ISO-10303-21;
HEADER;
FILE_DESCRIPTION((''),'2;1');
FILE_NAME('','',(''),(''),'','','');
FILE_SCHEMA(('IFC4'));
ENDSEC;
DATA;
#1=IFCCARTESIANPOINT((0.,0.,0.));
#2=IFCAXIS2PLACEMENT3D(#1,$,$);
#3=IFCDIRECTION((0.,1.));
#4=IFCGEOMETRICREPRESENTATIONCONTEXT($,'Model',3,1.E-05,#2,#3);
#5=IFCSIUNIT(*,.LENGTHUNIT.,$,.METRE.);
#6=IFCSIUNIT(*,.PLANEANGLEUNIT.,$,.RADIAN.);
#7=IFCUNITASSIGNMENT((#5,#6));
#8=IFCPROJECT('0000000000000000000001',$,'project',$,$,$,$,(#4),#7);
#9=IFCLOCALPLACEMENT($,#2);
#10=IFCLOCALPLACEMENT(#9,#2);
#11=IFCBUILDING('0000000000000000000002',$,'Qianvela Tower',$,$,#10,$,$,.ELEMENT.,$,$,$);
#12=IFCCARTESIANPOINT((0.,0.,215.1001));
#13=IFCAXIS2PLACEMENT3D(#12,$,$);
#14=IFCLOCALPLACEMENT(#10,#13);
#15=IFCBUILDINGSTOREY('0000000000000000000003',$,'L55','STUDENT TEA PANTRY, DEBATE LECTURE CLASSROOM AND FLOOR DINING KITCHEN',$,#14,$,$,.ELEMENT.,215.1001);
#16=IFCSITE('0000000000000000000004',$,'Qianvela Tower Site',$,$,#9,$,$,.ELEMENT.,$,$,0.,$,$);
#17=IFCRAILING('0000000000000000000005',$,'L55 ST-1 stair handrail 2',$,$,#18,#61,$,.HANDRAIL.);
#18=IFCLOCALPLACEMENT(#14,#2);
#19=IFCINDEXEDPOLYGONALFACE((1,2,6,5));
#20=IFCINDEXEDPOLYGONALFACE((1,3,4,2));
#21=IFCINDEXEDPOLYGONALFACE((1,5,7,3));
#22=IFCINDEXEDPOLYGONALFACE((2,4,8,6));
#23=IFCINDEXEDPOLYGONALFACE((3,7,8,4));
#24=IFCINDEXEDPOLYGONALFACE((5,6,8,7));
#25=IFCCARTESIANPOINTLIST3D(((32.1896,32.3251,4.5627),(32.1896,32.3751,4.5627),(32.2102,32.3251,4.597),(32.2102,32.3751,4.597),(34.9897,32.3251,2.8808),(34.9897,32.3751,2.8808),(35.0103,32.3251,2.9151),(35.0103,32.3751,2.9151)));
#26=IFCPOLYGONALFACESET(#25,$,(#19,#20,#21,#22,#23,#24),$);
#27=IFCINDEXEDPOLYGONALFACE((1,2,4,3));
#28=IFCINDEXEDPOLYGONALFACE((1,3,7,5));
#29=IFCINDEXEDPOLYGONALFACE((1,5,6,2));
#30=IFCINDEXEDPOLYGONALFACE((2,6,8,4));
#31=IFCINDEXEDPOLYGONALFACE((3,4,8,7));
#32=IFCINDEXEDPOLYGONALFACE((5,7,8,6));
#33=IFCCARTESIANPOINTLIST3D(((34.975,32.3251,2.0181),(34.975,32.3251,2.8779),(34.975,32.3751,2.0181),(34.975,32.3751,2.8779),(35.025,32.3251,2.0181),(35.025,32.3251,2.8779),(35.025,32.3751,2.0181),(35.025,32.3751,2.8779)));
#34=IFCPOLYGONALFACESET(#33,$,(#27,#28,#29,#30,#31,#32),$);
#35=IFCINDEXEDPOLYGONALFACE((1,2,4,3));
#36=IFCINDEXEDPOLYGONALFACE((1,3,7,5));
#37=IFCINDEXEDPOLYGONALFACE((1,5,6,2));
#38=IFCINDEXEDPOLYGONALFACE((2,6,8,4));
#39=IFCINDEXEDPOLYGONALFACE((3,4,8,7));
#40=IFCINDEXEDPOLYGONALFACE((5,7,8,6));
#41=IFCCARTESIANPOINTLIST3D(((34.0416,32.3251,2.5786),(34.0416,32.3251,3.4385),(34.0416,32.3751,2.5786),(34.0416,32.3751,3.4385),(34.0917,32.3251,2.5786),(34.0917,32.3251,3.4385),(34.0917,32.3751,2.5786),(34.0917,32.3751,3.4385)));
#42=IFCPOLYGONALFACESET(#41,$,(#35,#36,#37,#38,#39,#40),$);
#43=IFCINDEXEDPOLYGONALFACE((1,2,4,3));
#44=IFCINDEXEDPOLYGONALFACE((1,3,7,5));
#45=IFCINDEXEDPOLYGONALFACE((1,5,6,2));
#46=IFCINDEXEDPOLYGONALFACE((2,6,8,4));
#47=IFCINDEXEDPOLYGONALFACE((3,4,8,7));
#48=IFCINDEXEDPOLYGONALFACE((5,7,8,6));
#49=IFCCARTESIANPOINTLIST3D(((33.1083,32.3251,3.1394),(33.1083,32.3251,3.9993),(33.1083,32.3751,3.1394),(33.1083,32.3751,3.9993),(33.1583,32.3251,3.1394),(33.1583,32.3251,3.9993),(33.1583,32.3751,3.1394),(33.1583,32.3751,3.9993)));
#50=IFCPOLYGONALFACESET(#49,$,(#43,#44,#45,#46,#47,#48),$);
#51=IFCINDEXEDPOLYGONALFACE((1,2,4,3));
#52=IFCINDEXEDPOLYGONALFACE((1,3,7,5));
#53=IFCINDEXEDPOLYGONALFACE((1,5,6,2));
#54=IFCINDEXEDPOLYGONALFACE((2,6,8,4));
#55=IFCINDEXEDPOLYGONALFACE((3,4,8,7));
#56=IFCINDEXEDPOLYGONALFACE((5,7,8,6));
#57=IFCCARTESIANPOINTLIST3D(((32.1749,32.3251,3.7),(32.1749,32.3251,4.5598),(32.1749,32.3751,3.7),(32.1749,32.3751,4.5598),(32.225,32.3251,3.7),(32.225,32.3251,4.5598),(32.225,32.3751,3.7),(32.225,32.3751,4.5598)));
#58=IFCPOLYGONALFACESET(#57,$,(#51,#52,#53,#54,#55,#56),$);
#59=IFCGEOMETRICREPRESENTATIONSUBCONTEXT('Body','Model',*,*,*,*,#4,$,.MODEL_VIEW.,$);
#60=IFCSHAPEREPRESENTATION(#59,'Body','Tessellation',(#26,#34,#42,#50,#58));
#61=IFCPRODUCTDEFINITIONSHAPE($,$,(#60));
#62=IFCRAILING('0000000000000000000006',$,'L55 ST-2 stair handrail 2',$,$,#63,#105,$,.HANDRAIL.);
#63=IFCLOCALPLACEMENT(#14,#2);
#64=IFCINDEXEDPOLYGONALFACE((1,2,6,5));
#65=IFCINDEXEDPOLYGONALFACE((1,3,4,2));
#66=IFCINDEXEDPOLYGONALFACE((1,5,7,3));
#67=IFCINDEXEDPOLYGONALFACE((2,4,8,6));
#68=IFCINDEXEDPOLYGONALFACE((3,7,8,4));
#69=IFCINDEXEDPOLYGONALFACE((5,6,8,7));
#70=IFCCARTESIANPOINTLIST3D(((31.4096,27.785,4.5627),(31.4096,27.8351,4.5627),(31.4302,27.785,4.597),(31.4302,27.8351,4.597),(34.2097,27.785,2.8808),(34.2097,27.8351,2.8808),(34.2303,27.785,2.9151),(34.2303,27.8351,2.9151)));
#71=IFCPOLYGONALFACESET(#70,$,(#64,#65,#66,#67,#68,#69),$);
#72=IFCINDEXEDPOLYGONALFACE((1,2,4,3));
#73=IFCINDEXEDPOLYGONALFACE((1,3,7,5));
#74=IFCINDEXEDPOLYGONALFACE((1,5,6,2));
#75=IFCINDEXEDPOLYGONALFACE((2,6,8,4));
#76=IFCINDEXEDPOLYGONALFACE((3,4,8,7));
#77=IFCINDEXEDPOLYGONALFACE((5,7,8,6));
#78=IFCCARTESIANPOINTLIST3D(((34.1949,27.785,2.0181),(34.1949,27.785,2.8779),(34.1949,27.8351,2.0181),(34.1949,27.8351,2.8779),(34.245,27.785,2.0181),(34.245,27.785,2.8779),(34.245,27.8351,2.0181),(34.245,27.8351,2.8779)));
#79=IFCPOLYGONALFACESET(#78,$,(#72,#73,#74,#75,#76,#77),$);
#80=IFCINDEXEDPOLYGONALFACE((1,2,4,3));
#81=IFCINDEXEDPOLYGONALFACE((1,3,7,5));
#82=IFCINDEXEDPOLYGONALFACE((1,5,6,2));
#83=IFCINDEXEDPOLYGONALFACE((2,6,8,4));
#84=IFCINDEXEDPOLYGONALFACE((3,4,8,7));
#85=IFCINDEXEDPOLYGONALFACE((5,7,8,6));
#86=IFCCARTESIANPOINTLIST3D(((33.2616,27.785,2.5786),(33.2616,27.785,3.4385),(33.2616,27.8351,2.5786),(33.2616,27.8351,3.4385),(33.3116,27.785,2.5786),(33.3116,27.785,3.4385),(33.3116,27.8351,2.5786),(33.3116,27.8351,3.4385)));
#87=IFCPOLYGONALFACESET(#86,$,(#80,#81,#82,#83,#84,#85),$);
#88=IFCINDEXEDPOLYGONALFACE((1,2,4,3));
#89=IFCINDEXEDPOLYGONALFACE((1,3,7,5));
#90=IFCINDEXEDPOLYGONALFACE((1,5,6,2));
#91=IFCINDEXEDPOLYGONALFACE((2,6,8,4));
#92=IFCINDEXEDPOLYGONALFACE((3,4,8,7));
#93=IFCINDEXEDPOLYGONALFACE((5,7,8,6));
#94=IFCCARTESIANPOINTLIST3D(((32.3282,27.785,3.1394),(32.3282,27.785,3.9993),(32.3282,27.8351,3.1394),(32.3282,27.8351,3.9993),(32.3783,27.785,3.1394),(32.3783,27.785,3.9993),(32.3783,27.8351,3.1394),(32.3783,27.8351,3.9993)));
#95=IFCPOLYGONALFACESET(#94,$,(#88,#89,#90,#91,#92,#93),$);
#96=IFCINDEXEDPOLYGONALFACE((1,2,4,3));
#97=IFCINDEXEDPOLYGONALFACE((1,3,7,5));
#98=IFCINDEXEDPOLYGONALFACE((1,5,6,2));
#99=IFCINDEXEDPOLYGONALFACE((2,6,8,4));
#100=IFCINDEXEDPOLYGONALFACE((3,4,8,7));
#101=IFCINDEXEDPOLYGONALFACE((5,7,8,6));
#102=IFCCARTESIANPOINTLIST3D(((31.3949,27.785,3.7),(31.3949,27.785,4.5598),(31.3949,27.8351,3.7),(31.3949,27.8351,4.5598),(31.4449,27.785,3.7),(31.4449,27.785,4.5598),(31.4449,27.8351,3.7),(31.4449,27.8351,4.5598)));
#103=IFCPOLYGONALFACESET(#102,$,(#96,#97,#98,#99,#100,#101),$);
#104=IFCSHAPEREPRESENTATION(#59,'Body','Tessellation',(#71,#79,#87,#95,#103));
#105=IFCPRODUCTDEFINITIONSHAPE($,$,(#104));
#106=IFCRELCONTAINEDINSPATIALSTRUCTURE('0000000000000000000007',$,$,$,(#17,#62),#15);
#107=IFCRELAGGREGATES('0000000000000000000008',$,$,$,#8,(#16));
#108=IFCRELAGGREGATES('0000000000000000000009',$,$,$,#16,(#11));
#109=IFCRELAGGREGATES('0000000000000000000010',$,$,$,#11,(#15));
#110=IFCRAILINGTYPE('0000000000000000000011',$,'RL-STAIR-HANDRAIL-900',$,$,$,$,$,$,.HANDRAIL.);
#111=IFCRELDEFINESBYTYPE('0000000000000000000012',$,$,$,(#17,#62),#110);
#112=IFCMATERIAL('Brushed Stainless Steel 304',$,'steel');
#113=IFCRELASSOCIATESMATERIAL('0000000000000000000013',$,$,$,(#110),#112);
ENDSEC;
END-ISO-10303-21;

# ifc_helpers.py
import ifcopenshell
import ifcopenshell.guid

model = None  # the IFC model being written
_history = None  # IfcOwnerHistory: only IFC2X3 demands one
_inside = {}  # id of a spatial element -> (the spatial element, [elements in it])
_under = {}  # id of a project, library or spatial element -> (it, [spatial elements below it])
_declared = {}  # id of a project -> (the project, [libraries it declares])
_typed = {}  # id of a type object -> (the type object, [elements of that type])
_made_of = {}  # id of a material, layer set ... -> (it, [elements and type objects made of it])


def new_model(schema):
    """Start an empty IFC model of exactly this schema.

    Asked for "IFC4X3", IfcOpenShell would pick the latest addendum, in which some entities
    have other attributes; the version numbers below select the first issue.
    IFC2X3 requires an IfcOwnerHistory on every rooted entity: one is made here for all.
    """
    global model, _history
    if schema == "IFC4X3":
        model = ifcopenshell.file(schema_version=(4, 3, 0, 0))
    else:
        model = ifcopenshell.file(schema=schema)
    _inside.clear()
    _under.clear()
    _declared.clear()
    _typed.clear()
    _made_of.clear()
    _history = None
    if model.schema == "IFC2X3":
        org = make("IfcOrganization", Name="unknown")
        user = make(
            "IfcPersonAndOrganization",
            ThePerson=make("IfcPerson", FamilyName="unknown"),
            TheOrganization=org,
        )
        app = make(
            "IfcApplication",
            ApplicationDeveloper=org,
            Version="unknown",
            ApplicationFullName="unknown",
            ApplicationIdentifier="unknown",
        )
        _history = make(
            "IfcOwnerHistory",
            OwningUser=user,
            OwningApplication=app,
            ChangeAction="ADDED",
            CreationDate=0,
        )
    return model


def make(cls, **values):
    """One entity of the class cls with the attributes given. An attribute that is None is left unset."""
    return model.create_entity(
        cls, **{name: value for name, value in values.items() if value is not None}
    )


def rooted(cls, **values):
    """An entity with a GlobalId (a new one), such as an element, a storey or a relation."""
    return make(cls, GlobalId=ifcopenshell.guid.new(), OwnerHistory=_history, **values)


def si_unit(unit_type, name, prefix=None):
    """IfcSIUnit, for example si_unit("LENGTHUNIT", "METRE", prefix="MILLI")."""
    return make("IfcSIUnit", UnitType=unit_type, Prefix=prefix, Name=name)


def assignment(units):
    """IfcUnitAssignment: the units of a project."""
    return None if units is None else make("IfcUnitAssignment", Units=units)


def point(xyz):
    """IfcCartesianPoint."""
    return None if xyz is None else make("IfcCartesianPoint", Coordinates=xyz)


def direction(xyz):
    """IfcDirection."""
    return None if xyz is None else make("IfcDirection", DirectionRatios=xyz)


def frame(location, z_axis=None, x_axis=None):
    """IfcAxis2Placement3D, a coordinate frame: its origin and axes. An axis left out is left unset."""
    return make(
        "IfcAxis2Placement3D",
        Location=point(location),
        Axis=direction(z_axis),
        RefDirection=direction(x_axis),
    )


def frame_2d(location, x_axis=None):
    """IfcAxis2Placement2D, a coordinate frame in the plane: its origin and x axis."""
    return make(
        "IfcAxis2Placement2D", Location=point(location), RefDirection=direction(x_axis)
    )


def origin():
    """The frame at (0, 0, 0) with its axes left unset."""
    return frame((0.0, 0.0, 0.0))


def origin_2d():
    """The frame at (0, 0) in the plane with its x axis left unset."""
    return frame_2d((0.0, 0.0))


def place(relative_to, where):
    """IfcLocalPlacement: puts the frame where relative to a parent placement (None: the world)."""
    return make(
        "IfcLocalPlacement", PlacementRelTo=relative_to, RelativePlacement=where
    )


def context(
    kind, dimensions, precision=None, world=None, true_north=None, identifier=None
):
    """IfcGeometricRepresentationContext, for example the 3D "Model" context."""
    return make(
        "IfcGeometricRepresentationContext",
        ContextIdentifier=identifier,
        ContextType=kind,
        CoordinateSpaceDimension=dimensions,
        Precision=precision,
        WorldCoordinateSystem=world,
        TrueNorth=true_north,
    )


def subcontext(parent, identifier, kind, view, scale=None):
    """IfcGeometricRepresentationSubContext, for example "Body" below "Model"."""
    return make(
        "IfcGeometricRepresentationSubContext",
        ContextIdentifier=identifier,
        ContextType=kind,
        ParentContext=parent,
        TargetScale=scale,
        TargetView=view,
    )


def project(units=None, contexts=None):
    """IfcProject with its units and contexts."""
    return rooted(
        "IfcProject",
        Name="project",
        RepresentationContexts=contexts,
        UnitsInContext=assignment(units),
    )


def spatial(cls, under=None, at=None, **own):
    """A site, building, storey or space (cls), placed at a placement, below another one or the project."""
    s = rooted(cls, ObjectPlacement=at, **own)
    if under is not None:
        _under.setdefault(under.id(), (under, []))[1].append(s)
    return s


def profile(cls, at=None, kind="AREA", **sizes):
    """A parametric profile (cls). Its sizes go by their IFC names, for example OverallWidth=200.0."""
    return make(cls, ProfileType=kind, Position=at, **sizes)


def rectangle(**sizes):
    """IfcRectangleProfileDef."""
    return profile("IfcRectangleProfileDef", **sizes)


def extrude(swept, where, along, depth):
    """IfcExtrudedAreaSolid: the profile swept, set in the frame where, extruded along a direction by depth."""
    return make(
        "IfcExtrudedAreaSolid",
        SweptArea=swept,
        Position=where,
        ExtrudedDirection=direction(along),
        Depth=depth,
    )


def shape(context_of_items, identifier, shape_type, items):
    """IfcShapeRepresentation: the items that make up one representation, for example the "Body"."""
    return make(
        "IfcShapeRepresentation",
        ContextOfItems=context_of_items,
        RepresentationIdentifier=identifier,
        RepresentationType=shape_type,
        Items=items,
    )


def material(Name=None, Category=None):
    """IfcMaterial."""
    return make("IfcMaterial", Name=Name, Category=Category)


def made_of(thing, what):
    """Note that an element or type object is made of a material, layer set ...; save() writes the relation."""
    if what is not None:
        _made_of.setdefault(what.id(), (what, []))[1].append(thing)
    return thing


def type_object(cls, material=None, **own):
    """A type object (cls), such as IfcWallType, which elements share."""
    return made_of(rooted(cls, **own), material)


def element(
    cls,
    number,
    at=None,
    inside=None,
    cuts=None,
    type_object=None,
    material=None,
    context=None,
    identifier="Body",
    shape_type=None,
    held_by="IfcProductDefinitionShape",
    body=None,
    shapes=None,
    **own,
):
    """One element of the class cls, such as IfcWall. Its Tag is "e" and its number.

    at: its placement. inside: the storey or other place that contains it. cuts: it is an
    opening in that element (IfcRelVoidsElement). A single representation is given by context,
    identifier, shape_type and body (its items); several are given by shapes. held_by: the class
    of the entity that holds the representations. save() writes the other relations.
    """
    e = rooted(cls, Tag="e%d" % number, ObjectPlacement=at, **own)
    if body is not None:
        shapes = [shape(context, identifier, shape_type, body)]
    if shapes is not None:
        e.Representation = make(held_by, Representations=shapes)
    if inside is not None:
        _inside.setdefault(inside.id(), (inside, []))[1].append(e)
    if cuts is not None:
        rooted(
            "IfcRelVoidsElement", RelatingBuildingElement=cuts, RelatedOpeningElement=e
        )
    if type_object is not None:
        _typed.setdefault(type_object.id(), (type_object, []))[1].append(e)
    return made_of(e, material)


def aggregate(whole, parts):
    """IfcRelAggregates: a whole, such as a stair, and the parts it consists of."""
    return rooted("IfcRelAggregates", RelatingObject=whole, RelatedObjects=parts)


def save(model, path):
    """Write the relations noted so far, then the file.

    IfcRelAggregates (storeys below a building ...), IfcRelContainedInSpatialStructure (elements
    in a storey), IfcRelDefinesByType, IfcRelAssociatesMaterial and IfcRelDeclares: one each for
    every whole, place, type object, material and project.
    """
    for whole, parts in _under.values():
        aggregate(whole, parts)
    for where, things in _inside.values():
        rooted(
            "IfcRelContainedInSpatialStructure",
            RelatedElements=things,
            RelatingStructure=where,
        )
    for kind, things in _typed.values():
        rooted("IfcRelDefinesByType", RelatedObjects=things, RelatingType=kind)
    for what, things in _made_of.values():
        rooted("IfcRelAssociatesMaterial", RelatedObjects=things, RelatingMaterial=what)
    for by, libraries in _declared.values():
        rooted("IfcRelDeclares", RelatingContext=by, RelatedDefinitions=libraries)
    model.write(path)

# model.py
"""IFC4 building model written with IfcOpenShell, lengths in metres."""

from ifc_helpers import new_model, si_unit, direction, frame, origin, origin_2d, place, context, subcontext, project, spatial, rectangle, extrude, material, type_object, element, save


model = new_model("IFC4")

# Units and contexts
model_context = context("Model", 3, precision=1e-05, world=origin(), true_north=direction((0.0, 1.0)))
body_context = subcontext(model_context, "Body", "Model", "MODEL_VIEW")
ifc_project = project(units=[si_unit("LENGTHUNIT", "METRE"), si_unit("PLANEANGLEUNIT", "RADIAN")], contexts=[model_context])

# Site, building, storey
site_placement = place(None, origin())
site = spatial("IfcSite", under=ifc_project, at=site_placement, Name="Qianvela Tower Site", CompositionType="ELEMENT", RefElevation=0.0)
building_placement = place(site_placement, origin())
building = spatial("IfcBuilding", under=site, at=building_placement, Name="Qianvela Tower", CompositionType="ELEMENT")
storey_placement = place(building_placement, frame((0.0, 0.0, 215.1001)))
storey = spatial("IfcBuildingStorey", under=building, at=storey_placement, Name="L55", Description="STUDENT TEA PANTRY, DEBATE LECTURE CLASSROOM AND FLOOR DINING KITCHEN", CompositionType="ELEMENT", Elevation=215.1001)

# Railings
ifc_material_1 = material(Name="Brushed Stainless Steel 304", Category="steel")
railing_type_1 = type_object("IfcRailingType", Name="RL-STAIR-HANDRAIL-900", PredefinedType="HANDRAIL", material=ifc_material_1)
for number, where, name in (
    (1, (35.0, 32.3501, 2.0181), "L55 ST-1 stair handrail 2"),
    (2, (34.22, 27.8101, 2.0181), "L55 ST-2 stair handrail 2"),
):
    element("IfcRailing", number, at=place(storey_placement, frame(where)), inside=storey, type_object=railing_type_1, Name=name, PredefinedType="HANDRAIL", context=body_context, shape_type="SweptSolid", body=[
        extrude(rectangle(XDim=0.05, YDim=0.04, at=origin_2d()), frame((0.0, 0.0, 0.8799), z_axis=(-0.857242, 0.0, 0.514913), x_axis=(0.0, -1.0, 0.0)), (0.0, 0.0, 1.0), 3.2664),
        extrude(rectangle(XDim=0.05, YDim=0.05, at=origin_2d()), origin(), (0.0, 0.0, 1.0), 0.8599),
        extrude(rectangle(XDim=0.05, YDim=0.05, at=origin_2d()), frame((-0.9333, 0.0, 0.5605)), (0.0, 0.0, 1.0), 0.8599),
        extrude(rectangle(XDim=0.05, YDim=0.05, at=origin_2d()), frame((-1.8667, 0.0, 1.1213)), (0.0, 0.0, 1.0), 0.8599),
        extrude(rectangle(XDim=0.05, YDim=0.05, at=origin_2d()), frame((-2.8, 0.0, 1.6819)), (0.0, 0.0, 1.0), 0.8599),
    ])

save(model, "model.ifc")
